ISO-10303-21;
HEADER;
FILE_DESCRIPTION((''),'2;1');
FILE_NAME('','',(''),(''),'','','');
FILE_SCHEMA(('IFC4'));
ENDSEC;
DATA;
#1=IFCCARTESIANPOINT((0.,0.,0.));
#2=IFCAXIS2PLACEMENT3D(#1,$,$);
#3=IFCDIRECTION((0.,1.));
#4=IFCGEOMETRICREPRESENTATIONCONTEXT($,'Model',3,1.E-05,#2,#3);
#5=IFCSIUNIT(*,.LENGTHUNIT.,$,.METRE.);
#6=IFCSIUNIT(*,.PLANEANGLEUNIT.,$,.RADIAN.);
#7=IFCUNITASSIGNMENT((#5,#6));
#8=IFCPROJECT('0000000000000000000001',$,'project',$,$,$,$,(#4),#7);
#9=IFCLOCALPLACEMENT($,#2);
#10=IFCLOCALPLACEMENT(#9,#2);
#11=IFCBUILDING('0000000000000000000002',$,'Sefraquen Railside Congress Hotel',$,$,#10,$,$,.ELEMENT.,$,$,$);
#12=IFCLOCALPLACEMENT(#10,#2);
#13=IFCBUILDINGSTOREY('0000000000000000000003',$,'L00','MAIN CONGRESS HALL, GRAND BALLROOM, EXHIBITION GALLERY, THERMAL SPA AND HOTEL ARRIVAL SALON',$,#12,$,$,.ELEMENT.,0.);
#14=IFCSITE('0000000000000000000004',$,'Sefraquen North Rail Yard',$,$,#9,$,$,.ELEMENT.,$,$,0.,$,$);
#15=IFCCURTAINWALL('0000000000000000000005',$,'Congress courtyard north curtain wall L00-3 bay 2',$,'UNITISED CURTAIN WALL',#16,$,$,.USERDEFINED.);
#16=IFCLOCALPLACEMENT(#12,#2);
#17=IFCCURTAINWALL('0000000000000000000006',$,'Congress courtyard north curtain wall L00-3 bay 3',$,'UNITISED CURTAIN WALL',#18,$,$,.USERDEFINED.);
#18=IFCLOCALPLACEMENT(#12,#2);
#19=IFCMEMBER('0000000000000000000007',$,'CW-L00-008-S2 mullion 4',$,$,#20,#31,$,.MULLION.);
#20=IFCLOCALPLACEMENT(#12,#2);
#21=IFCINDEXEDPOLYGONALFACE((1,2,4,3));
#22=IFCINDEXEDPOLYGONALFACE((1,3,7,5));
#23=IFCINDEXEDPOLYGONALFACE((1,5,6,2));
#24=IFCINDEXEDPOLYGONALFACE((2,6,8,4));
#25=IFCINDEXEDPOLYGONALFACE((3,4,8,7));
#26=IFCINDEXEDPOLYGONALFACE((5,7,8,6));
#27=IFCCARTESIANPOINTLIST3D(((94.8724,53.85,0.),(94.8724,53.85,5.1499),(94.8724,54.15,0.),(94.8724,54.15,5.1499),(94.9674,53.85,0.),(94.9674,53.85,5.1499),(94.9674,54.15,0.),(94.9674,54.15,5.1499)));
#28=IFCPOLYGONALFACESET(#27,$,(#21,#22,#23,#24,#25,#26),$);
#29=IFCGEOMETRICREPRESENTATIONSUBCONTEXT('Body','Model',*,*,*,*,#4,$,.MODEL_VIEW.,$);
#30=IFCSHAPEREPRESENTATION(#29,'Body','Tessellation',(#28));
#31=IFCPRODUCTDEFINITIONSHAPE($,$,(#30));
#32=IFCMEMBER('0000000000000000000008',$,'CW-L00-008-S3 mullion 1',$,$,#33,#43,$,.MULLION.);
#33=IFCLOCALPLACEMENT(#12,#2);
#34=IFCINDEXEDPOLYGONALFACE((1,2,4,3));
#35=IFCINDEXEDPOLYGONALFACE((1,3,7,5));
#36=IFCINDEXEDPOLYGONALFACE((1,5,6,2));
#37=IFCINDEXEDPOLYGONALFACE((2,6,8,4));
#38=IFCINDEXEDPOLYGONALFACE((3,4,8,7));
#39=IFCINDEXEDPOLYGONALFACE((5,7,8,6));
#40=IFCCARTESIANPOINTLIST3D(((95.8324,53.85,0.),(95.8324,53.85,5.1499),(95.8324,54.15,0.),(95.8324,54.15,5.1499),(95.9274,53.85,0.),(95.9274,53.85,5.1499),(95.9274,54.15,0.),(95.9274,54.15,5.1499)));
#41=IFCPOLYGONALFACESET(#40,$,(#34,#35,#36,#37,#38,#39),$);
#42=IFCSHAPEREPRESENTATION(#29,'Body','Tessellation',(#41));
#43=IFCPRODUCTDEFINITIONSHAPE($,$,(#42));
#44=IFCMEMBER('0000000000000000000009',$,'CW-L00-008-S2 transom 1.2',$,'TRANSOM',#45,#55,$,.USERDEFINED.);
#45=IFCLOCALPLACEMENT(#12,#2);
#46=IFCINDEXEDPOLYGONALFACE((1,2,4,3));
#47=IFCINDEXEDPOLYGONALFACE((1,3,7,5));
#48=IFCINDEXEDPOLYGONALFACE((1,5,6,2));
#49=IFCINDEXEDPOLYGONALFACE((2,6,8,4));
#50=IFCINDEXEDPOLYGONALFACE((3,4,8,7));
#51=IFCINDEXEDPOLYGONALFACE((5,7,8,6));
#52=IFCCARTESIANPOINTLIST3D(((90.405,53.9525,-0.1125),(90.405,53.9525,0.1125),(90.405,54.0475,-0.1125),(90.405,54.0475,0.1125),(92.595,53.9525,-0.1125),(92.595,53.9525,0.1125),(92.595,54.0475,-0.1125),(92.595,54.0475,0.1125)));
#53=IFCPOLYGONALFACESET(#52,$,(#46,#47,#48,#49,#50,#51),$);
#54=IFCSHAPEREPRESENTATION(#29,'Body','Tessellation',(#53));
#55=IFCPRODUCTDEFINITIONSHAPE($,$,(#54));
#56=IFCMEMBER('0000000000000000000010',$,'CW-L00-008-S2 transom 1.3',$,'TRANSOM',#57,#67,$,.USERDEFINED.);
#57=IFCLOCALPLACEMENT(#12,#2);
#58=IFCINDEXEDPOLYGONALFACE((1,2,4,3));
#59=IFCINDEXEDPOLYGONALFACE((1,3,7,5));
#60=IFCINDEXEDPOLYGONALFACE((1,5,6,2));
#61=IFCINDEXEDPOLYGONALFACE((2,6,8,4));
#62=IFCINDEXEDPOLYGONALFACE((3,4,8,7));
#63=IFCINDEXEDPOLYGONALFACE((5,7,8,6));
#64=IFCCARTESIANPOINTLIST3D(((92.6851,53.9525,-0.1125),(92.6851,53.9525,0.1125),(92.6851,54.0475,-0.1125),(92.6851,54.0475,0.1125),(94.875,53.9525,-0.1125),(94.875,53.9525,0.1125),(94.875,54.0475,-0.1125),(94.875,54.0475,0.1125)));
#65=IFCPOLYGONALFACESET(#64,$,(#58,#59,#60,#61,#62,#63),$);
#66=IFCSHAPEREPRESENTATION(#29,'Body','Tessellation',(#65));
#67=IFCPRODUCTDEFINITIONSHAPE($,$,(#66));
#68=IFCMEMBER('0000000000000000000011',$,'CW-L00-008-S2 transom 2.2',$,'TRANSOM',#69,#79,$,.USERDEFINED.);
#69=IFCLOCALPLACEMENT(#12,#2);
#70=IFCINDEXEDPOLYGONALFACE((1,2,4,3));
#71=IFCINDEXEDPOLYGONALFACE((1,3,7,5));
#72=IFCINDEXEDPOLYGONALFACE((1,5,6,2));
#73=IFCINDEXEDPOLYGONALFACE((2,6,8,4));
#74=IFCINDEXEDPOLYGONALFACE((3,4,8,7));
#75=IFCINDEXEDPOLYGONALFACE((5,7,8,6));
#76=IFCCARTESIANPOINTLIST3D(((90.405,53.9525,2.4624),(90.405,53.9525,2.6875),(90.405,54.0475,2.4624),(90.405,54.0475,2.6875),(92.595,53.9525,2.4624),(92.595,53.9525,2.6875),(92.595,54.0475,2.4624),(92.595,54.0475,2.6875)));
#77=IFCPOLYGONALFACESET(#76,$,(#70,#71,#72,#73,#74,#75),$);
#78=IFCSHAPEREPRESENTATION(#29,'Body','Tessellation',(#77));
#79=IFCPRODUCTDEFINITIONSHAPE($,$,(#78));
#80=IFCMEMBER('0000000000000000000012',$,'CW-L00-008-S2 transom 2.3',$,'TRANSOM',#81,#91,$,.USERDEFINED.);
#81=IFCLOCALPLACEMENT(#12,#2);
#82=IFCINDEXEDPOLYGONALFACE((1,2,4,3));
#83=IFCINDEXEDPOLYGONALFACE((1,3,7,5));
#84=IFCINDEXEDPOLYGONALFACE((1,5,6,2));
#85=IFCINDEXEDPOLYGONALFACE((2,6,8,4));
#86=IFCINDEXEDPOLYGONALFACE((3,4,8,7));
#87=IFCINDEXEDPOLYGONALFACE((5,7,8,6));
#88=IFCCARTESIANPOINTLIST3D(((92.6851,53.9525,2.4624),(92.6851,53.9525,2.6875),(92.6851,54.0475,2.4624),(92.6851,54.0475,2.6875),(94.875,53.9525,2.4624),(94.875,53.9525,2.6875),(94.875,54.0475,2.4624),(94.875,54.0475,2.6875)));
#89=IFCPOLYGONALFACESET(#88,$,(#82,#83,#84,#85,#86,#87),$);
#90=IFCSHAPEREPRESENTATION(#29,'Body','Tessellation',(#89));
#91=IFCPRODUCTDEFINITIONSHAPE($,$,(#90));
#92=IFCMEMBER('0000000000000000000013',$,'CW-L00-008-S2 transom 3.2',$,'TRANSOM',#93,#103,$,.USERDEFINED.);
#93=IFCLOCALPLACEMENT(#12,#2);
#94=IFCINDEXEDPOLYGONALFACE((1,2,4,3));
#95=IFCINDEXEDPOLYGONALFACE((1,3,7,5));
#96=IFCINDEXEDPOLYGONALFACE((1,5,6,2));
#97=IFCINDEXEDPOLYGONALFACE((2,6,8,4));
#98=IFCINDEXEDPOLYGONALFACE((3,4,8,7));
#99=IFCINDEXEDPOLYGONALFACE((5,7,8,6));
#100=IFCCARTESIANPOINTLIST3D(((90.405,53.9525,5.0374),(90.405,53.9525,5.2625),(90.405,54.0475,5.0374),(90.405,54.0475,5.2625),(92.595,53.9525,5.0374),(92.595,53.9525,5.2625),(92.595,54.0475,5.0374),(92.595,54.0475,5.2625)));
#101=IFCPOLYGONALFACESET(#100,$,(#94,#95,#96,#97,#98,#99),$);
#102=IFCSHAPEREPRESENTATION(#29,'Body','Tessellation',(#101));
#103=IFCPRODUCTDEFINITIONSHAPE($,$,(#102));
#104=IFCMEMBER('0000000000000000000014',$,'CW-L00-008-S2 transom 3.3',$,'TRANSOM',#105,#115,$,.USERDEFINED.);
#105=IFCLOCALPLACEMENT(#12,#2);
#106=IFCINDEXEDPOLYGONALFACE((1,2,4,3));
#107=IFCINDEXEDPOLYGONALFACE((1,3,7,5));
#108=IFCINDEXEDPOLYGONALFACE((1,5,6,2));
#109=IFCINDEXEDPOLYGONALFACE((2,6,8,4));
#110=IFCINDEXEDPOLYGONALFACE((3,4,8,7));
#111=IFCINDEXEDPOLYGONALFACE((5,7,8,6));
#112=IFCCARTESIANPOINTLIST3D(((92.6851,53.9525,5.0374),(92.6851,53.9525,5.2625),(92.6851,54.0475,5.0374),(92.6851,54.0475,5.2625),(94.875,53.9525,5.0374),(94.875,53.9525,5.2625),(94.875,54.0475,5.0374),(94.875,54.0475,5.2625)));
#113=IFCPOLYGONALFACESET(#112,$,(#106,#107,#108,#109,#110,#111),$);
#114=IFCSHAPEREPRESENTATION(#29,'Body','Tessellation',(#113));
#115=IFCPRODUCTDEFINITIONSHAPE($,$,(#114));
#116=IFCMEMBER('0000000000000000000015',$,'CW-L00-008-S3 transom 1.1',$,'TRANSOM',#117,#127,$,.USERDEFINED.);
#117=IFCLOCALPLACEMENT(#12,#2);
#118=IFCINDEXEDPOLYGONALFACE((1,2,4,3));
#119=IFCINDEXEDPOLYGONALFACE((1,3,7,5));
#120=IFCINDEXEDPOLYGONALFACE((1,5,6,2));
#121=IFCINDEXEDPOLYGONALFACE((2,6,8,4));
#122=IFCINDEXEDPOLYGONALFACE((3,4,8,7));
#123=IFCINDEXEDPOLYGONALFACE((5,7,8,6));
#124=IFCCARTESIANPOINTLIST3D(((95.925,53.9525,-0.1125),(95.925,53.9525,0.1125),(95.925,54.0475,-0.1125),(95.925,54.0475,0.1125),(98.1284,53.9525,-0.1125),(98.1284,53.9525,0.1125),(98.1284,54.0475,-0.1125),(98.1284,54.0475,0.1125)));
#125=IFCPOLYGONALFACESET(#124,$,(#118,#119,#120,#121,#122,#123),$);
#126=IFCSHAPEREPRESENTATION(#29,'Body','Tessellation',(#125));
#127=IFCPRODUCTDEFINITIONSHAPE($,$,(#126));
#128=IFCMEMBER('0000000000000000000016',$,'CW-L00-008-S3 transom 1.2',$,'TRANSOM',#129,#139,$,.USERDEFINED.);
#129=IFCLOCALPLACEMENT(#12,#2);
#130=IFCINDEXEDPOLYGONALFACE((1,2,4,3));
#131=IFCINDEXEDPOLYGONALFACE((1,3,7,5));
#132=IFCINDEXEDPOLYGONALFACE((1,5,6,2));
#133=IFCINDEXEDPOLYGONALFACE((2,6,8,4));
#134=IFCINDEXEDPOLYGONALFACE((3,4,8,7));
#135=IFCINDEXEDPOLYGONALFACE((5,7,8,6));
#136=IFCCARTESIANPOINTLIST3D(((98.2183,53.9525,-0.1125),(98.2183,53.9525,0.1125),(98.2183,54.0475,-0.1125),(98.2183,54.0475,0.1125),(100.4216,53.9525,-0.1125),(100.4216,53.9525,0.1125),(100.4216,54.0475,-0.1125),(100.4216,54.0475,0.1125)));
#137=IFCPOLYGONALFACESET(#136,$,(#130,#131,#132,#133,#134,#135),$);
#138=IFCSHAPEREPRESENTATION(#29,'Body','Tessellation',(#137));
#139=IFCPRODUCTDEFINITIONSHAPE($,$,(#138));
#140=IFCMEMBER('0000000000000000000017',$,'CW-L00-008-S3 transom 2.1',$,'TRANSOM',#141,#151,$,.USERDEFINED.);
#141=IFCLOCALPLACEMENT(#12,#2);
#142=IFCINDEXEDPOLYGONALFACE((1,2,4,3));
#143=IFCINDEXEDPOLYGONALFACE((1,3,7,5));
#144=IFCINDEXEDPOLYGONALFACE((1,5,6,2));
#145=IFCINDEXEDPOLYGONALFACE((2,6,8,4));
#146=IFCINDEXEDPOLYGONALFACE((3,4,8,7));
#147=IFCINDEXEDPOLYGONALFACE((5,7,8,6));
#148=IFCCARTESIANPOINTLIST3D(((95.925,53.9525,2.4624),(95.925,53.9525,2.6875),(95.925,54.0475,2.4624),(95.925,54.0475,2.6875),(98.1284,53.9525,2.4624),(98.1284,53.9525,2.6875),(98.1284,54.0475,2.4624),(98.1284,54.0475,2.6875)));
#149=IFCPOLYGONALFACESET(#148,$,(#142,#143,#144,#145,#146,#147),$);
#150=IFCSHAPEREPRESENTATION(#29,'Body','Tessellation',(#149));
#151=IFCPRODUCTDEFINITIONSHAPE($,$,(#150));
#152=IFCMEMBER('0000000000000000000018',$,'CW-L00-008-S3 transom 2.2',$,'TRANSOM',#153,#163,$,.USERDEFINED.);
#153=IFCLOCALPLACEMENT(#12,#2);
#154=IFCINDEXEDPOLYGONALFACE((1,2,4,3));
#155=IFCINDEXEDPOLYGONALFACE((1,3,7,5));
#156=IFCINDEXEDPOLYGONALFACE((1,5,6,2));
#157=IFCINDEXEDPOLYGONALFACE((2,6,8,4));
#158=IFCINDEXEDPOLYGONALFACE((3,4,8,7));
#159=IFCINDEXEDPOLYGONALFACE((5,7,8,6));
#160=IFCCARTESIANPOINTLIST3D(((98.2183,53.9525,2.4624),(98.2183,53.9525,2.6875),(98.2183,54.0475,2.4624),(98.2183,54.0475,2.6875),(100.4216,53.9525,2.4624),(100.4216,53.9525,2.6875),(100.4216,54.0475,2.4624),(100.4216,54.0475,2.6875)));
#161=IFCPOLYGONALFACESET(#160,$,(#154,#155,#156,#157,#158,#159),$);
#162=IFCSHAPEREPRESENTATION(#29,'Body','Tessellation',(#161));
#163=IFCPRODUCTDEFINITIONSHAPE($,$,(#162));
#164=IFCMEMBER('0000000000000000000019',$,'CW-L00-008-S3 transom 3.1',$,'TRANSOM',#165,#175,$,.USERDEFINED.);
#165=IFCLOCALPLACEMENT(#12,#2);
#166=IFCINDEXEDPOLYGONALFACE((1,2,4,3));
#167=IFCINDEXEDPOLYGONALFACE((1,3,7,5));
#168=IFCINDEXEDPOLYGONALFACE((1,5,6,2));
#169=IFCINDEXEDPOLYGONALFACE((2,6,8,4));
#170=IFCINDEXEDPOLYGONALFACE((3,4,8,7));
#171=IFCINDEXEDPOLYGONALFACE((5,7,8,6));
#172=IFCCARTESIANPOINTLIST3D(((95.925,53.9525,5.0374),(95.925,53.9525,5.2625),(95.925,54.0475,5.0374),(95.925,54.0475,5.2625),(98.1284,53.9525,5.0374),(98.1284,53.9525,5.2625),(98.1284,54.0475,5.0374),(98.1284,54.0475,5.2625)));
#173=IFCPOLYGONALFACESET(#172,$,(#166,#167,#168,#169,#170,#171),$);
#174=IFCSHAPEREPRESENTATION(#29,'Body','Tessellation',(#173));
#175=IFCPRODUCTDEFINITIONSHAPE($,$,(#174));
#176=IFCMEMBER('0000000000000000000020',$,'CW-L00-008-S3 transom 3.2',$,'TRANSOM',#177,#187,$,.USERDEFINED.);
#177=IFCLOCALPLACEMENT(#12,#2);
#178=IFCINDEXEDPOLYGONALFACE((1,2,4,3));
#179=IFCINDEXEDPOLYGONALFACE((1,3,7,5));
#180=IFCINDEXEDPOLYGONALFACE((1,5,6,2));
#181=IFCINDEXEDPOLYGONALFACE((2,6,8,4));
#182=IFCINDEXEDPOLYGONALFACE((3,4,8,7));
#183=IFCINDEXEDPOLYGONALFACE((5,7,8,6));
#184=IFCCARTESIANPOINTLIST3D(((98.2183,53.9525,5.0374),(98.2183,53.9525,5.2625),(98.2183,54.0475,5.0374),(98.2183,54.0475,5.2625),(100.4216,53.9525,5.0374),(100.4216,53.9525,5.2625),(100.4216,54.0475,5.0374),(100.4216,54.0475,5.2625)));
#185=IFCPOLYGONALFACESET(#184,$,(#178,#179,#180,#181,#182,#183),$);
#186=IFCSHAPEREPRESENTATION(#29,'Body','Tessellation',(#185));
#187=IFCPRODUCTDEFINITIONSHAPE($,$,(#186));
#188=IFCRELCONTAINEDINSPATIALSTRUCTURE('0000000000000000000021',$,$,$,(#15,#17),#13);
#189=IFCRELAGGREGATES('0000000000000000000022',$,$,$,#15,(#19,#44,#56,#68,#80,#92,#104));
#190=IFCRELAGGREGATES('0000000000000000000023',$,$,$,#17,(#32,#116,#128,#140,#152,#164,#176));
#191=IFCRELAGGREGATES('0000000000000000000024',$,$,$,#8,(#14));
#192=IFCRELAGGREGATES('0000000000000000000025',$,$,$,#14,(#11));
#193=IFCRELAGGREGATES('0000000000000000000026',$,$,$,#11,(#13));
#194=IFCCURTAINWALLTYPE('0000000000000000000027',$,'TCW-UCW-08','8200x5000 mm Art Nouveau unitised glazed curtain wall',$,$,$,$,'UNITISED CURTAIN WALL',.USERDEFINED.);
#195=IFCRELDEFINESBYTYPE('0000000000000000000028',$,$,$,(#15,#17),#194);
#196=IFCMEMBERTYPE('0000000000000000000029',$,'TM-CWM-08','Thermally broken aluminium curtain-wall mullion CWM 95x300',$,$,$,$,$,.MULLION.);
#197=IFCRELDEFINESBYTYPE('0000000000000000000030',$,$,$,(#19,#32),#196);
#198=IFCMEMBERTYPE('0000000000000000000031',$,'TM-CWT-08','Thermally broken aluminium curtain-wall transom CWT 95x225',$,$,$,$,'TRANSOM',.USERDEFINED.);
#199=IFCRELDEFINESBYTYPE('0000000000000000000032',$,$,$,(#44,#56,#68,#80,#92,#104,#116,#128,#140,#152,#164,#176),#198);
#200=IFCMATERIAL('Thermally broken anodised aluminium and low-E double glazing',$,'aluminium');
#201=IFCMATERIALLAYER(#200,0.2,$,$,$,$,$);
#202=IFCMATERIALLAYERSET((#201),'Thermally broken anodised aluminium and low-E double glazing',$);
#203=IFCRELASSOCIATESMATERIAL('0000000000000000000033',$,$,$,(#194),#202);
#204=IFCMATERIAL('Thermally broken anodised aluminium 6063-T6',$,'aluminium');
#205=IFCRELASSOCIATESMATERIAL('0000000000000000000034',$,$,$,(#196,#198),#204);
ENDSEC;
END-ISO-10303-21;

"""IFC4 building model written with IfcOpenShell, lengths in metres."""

from ifc_helpers import new_model, si_unit, direction, frame, origin, origin_2d, place, context, subcontext, project, spatial, rectangle, extrude, material, layer, layer_set, material_profile, profile_set, type_object, element, aggregate, save


model = new_model("IFC4")

# Units and contexts
model_context = context("Model", 3, precision=1e-05, world=origin(), true_north=direction((0.0, 1.0)))
body_context = subcontext(model_context, "Body", "Model", "MODEL_VIEW")
ifc_project = project(units=[si_unit("LENGTHUNIT", "METRE"), si_unit("PLANEANGLEUNIT", "RADIAN")], contexts=[model_context])

# Site, building, storey
site_placement = place(None, origin())
site = spatial("IfcSite", under=ifc_project, at=site_placement, Name="Sefraquen North Rail Yard", CompositionType="ELEMENT", RefElevation=0.0)
building_placement = place(site_placement, origin())
building = spatial("IfcBuilding", under=site, at=building_placement, Name="Sefraquen Railside Congress Hotel", CompositionType="ELEMENT")
storey_placement = place(building_placement, origin())
storey = spatial("IfcBuildingStorey", under=building, at=storey_placement, Name="L00", Description="MAIN CONGRESS HALL, GRAND BALLROOM, EXHIBITION GALLERY, THERMAL SPA AND HOTEL ARRIVAL SALON", CompositionType="ELEMENT", Elevation=0.0)

# Curtain wall
ifc_material_1 = material(Name="Thermally broken anodised aluminium and low-E double glazing", Category="aluminium")
ifc_layer_1 = layer(ifc_material_1, 0.2)
ifc_layer_set_1 = layer_set([ifc_layer_1], Name="Thermally broken anodised aluminium and low-E double glazing")
curtain_wall_type = type_object("IfcCurtainWallType", Name="TCW-UCW-08", Description="8200x5000 mm Art Nouveau unitised glazed curtain wall", ElementType="UNITISED CURTAIN WALL", PredefinedType="USERDEFINED", material=ifc_layer_set_1)
curtain_wall_1_placement = place(storey_placement, origin())
curtain_wall_1 = element("IfcCurtainWall", 1, at=curtain_wall_1_placement, inside=storey, type_object=curtain_wall_type, Name="Congress courtyard north curtain wall L00-3 bay 2", ObjectType="UNITISED CURTAIN WALL", PredefinedType="USERDEFINED")
ifc_material_2 = material(Name="Thermally broken anodised aluminium 6063-T6", Category="aluminium")

# Curtain wall
curtain_wall_2_placement = place(storey_placement, origin())
curtain_wall_2 = element("IfcCurtainWall", 2, at=curtain_wall_2_placement, inside=storey, type_object=curtain_wall_type, Name="Congress courtyard north curtain wall L00-3 bay 3", ObjectType="UNITISED CURTAIN WALL", PredefinedType="USERDEFINED")

# Members
ifc_material_profile_1 = material_profile(ifc_material_2, rectangle(XDim=0.095, YDim=0.3, at=origin_2d()), Name="CWM 95x300")
ifc_profile_set_1 = profile_set([ifc_material_profile_1], Name="Thermally broken anodised aluminium 6063-T6")
member_type_1 = type_object("IfcMemberType", Name="TM-CWM-08", Description="Thermally broken aluminium curtain-wall mullion CWM 95x300", PredefinedType="MULLION", material=ifc_profile_set_1)
member_1_placement = place(storey_placement, frame((94.9199, 54.0, 0.0), z_axis=(0.0, 0.0, 1.0), x_axis=(1.0, 0.0, 0.0)))
member_1 = element("IfcMember", 3, at=member_1_placement, type_object=member_type_1, Name="CW-L00-008-S2 mullion 4", PredefinedType="MULLION", context=body_context, shape_type="SweptSolid", body=[
    extrude(rectangle(XDim=0.095, YDim=0.3, at=origin_2d()), origin(), (0.0, 0.0, 1.0), 5.1499),
])
member_2_placement = place(storey_placement, frame((95.8799, 54.0, 0.0), z_axis=(0.0, 0.0, 1.0), x_axis=(1.0, 0.0, 0.0)))
member_2 = element("IfcMember", 4, at=member_2_placement, type_object=member_type_1, Name="CW-L00-008-S3 mullion 1", PredefinedType="MULLION", context=body_context, shape_type="SweptSolid", body=[
    extrude(rectangle(XDim=0.095, YDim=0.3, at=origin_2d()), origin(), (0.0, 0.0, 1.0), 5.1499),
])
ifc_material_profile_2 = material_profile(ifc_material_2, rectangle(XDim=0.095, YDim=0.2251, at=origin_2d()), Name="CWT 95x225")
ifc_profile_set_2 = profile_set([ifc_material_profile_2], Name="Thermally broken anodised aluminium 6063-T6")
member_type_2 = type_object("IfcMemberType", Name="TM-CWT-08", Description="Thermally broken aluminium curtain-wall transom CWT 95x225", ElementType="TRANSOM", PredefinedType="USERDEFINED", material=ifc_profile_set_2)
member_3_placement = place(storey_placement, frame((90.405, 54.0, 0.0), z_axis=(1.0, 0.0, 0.0), x_axis=(0.0, 1.0, 0.0)))
member_3 = element("IfcMember", 5, at=member_3_placement, type_object=member_type_2, Name="CW-L00-008-S2 transom 1.2", ObjectType="TRANSOM", PredefinedType="USERDEFINED", context=body_context, shape_type="SweptSolid", body=[
    extrude(rectangle(XDim=0.095, YDim=0.2251, at=origin_2d()), origin(), (0.0, 0.0, 1.0), 2.1899),
])
member_4_placement = place(storey_placement, frame((92.6851, 54.0, 0.0), z_axis=(1.0, 0.0, 0.0), x_axis=(0.0, 1.0, 0.0)))
member_4 = element("IfcMember", 6, at=member_4_placement, type_object=member_type_2, Name="CW-L00-008-S2 transom 1.3", ObjectType="TRANSOM", PredefinedType="USERDEFINED", context=body_context, shape_type="SweptSolid", body=[
    extrude(rectangle(XDim=0.095, YDim=0.2251, at=origin_2d()), origin(), (0.0, 0.0, 1.0), 2.1899),
])
member_5_placement = place(storey_placement, frame((90.405, 54.0, 2.575), z_axis=(1.0, 0.0, 0.0), x_axis=(0.0, 1.0, 0.0)))
member_5 = element("IfcMember", 7, at=member_5_placement, type_object=member_type_2, Name="CW-L00-008-S2 transom 2.2", ObjectType="TRANSOM", PredefinedType="USERDEFINED", context=body_context, shape_type="SweptSolid", body=[
    extrude(rectangle(XDim=0.095, YDim=0.2251, at=origin_2d()), origin(), (0.0, 0.0, 1.0), 2.1899),
])
member_6_placement = place(storey_placement, frame((92.6851, 54.0, 2.575), z_axis=(1.0, 0.0, 0.0), x_axis=(0.0, 1.0, 0.0)))
member_6 = element("IfcMember", 8, at=member_6_placement, type_object=member_type_2, Name="CW-L00-008-S2 transom 2.3", ObjectType="TRANSOM", PredefinedType="USERDEFINED", context=body_context, shape_type="SweptSolid", body=[
    extrude(rectangle(XDim=0.095, YDim=0.2251, at=origin_2d()), origin(), (0.0, 0.0, 1.0), 2.1899),
])
member_7_placement = place(storey_placement, frame((90.405, 54.0, 5.1499), z_axis=(1.0, 0.0, 0.0), x_axis=(0.0, 1.0, 0.0)))
member_7 = element("IfcMember", 9, at=member_7_placement, type_object=member_type_2, Name="CW-L00-008-S2 transom 3.2", ObjectType="TRANSOM", PredefinedType="USERDEFINED", context=body_context, shape_type="SweptSolid", body=[
    extrude(rectangle(XDim=0.095, YDim=0.2251, at=origin_2d()), origin(), (0.0, 0.0, 1.0), 2.1899),
])
member_8_placement = place(storey_placement, frame((92.6851, 54.0, 5.1499), z_axis=(1.0, 0.0, 0.0), x_axis=(0.0, 1.0, 0.0)))
member_8 = element("IfcMember", 10, at=member_8_placement, type_object=member_type_2, Name="CW-L00-008-S2 transom 3.3", ObjectType="TRANSOM", PredefinedType="USERDEFINED", context=body_context, shape_type="SweptSolid", body=[
    extrude(rectangle(XDim=0.095, YDim=0.2251, at=origin_2d()), origin(), (0.0, 0.0, 1.0), 2.1899),
])
member_9_placement = place(storey_placement, frame((95.925, 54.0, 0.0), z_axis=(1.0, 0.0, 0.0), x_axis=(0.0, 1.0, 0.0)))
member_9 = element("IfcMember", 11, at=member_9_placement, type_object=member_type_2, Name="CW-L00-008-S3 transom 1.1", ObjectType="TRANSOM", PredefinedType="USERDEFINED", context=body_context, shape_type="SweptSolid", body=[
    extrude(rectangle(XDim=0.095, YDim=0.2251, at=origin_2d()), origin(), (0.0, 0.0, 1.0), 2.2034),
])
member_10_placement = place(storey_placement, frame((98.2183, 54.0, 0.0), z_axis=(1.0, 0.0, 0.0), x_axis=(0.0, 1.0, 0.0)))
member_10 = element("IfcMember", 12, at=member_10_placement, type_object=member_type_2, Name="CW-L00-008-S3 transom 1.2", ObjectType="TRANSOM", PredefinedType="USERDEFINED", context=body_context, shape_type="SweptSolid", body=[
    extrude(rectangle(XDim=0.095, YDim=0.2251, at=origin_2d()), origin(), (0.0, 0.0, 1.0), 2.2034),
])
member_11_placement = place(storey_placement, frame((95.925, 54.0, 2.575), z_axis=(1.0, 0.0, 0.0), x_axis=(0.0, 1.0, 0.0)))
member_11 = element("IfcMember", 13, at=member_11_placement, type_object=member_type_2, Name="CW-L00-008-S3 transom 2.1", ObjectType="TRANSOM", PredefinedType="USERDEFINED", context=body_context, shape_type="SweptSolid", body=[
    extrude(rectangle(XDim=0.095, YDim=0.2251, at=origin_2d()), origin(), (0.0, 0.0, 1.0), 2.2034),
])
member_12_placement = place(storey_placement, frame((98.2183, 54.0, 2.575), z_axis=(1.0, 0.0, 0.0), x_axis=(0.0, 1.0, 0.0)))
member_12 = element("IfcMember", 14, at=member_12_placement, type_object=member_type_2, Name="CW-L00-008-S3 transom 2.2", ObjectType="TRANSOM", PredefinedType="USERDEFINED", context=body_context, shape_type="SweptSolid", body=[
    extrude(rectangle(XDim=0.095, YDim=0.2251, at=origin_2d()), origin(), (0.0, 0.0, 1.0), 2.2034),
])
member_13_placement = place(storey_placement, frame((95.925, 54.0, 5.1499), z_axis=(1.0, 0.0, 0.0), x_axis=(0.0, 1.0, 0.0)))
member_13 = element("IfcMember", 15, at=member_13_placement, type_object=member_type_2, Name="CW-L00-008-S3 transom 3.1", ObjectType="TRANSOM", PredefinedType="USERDEFINED", context=body_context, shape_type="SweptSolid", body=[
    extrude(rectangle(XDim=0.095, YDim=0.2251, at=origin_2d()), origin(), (0.0, 0.0, 1.0), 2.2034),
])
member_14_placement = place(storey_placement, frame((98.2183, 54.0, 5.1499), z_axis=(1.0, 0.0, 0.0), x_axis=(0.0, 1.0, 0.0)))
member_14 = element("IfcMember", 16, at=member_14_placement, type_object=member_type_2, Name="CW-L00-008-S3 transom 3.2", ObjectType="TRANSOM", PredefinedType="USERDEFINED", context=body_context, shape_type="SweptSolid", body=[
    extrude(rectangle(XDim=0.095, YDim=0.2251, at=origin_2d()), origin(), (0.0, 0.0, 1.0), 2.2034),
])

aggregate(curtain_wall_1, [member_1, member_3, member_4, member_5, member_6, member_7, member_8])
aggregate(curtain_wall_2, [member_2, member_9, member_10, member_11, member_12, member_13, member_14])

save(model, "model.ifc")
